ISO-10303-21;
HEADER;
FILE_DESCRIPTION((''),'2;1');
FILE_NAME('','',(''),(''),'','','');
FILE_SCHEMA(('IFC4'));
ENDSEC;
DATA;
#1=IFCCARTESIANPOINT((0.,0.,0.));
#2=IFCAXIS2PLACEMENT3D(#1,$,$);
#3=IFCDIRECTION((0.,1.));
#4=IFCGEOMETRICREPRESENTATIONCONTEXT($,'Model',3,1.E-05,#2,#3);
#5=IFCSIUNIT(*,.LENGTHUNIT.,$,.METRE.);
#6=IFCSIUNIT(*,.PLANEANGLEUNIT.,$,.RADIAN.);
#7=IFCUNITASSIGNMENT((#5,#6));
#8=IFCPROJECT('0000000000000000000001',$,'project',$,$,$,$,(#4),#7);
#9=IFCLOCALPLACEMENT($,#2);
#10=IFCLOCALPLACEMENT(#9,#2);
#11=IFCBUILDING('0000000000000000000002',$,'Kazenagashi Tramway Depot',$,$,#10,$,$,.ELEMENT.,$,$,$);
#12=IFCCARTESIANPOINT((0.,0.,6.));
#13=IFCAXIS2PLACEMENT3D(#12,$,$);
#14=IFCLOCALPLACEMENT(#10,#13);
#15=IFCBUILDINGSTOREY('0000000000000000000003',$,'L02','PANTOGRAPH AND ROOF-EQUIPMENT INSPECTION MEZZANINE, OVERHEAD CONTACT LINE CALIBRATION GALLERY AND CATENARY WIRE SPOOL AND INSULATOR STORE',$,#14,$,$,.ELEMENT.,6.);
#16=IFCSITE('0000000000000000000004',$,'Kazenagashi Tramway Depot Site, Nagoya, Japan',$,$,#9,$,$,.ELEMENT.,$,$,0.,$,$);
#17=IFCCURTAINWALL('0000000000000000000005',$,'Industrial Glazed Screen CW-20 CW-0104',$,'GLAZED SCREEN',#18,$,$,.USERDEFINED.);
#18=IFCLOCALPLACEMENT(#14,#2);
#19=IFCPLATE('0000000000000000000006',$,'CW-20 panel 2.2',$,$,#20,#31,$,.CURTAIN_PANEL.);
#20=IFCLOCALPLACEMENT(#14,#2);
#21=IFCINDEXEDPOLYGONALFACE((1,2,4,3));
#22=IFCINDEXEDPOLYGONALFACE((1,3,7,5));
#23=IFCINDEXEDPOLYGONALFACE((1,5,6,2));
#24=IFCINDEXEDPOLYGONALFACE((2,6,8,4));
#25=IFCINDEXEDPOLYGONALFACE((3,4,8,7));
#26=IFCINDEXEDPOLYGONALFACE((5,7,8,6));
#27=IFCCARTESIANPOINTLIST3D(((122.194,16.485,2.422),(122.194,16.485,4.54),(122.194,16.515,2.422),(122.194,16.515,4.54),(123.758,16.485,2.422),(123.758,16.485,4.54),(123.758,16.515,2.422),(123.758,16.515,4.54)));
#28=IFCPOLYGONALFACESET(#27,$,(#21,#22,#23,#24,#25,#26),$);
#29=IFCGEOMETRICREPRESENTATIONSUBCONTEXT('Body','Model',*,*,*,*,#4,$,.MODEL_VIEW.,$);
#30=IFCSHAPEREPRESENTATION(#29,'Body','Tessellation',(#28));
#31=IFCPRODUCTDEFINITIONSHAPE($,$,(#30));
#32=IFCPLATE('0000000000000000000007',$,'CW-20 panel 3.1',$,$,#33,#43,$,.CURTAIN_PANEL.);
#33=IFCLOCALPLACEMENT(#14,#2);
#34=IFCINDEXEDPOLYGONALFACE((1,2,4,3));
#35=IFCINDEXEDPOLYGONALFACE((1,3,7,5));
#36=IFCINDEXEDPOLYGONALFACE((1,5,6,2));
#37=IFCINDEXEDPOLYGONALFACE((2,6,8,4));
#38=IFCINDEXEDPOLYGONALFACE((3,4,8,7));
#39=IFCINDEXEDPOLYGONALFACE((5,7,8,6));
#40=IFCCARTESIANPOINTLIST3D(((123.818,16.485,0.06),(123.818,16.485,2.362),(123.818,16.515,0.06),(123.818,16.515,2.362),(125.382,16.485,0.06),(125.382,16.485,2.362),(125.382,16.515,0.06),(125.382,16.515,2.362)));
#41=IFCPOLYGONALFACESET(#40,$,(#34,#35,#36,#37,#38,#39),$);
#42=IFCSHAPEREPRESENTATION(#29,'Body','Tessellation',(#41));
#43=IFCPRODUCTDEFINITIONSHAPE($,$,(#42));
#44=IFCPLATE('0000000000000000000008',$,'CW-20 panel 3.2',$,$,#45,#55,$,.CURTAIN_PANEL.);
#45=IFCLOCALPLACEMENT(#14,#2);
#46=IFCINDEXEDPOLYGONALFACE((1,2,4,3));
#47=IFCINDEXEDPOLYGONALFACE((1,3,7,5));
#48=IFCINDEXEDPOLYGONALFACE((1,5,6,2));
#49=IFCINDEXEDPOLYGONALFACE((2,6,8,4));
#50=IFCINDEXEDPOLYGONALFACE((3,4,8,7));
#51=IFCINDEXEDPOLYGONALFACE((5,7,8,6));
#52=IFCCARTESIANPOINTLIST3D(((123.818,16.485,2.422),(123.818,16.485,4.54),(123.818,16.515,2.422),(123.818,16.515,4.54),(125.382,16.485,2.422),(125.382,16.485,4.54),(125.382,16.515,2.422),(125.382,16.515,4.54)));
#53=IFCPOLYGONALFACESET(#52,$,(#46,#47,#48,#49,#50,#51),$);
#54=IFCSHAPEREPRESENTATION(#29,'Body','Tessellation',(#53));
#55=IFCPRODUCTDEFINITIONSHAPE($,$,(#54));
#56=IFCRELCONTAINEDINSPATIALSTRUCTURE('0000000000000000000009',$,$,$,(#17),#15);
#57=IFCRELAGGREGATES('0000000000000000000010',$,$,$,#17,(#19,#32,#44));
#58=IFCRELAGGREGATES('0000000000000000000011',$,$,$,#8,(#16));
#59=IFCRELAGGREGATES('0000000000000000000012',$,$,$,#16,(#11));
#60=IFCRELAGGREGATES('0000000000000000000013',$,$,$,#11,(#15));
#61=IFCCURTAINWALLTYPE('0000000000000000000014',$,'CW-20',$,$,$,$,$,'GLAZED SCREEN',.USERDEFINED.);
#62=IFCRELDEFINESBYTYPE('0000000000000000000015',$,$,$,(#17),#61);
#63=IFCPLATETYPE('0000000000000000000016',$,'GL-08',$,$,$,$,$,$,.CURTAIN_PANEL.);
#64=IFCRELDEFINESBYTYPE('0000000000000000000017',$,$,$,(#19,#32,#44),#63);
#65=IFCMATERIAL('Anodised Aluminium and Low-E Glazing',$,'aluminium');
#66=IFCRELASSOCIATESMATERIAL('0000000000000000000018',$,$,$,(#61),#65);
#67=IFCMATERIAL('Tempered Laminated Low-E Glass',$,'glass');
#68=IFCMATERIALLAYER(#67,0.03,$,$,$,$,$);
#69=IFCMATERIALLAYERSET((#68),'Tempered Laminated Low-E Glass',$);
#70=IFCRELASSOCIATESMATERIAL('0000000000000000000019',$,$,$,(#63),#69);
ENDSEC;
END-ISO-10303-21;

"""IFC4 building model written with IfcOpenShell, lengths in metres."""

from ifc_helpers import new_model, si_unit, direction, frame, origin, origin_2d, place, context, subcontext, project, spatial, rectangle, extrude, material, layer, layer_set, type_object, element, aggregate, save


model = new_model("IFC4")

# Units and contexts
model_context = context("Model", 3, precision=1e-05, world=origin(), true_north=direction((0.0, 1.0)))
body_context = subcontext(model_context, "Body", "Model", "MODEL_VIEW")
ifc_project = project(units=[si_unit("LENGTHUNIT", "METRE"), si_unit("PLANEANGLEUNIT", "RADIAN")], contexts=[model_context])

# Site, building, storey
site_placement = place(None, origin())
site = spatial("IfcSite", under=ifc_project, at=site_placement, Name="Kazenagashi Tramway Depot Site, Nagoya, Japan", CompositionType="ELEMENT", RefElevation=0.0)
building_placement = place(site_placement, origin())
building = spatial("IfcBuilding", under=site, at=building_placement, Name="Kazenagashi Tramway Depot", CompositionType="ELEMENT")
storey_placement = place(building_placement, frame((0.0, 0.0, 6.0)))
storey = spatial("IfcBuildingStorey", under=building, at=storey_placement, Name="L02", Description="PANTOGRAPH AND ROOF-EQUIPMENT INSPECTION MEZZANINE, OVERHEAD CONTACT LINE CALIBRATION GALLERY AND CATENARY WIRE SPOOL AND INSULATOR STORE", CompositionType="ELEMENT", Elevation=6.0)

# Shared definitions
ifc_material_1 = material(Name="Anodised Aluminium and Low-E Glazing", Category="aluminium")
curtain_wall_type = type_object("IfcCurtainWallType", Name="CW-20", ElementType="GLAZED SCREEN", PredefinedType="USERDEFINED", material=ifc_material_1)

# Curtain wall
curtain_wall_1_placement = place(storey_placement, origin())
curtain_wall_1 = element("IfcCurtainWall", 1, at=curtain_wall_1_placement, inside=storey, type_object=curtain_wall_type, Name="Industrial Glazed Screen CW-20 CW-0104", ObjectType="GLAZED SCREEN", PredefinedType="USERDEFINED")

# Plates
ifc_material_2 = material(Name="Tempered Laminated Low-E Glass", Category="glass")
ifc_layer_1 = layer(ifc_material_2, 0.03)
ifc_layer_set_1 = layer_set([ifc_layer_1], Name="Tempered Laminated Low-E Glass")
plate_type_1 = type_object("IfcPlateType", Name="GL-08", PredefinedType="CURTAIN_PANEL", material=ifc_layer_set_1)
plate_1_placement = place(storey_placement, frame((122.976, 16.5, 2.422), z_axis=(0.0, 0.0, 1.0), x_axis=(1.0, 0.0, 0.0)))
plate_1 = element("IfcPlate", 2, at=plate_1_placement, type_object=plate_type_1, Name="CW-20 panel 2.2", PredefinedType="CURTAIN_PANEL", context=body_context, shape_type="SweptSolid", body=[
    extrude(rectangle(XDim=1.564, YDim=0.03, at=origin_2d()), origin(), (0.0, 0.0, 1.0), 2.118),
])
plate_2_placement = place(storey_placement, frame((124.6, 16.5, 0.06), z_axis=(0.0, 0.0, 1.0), x_axis=(1.0, 0.0, 0.0)))
plate_2 = element("IfcPlate", 3, at=plate_2_placement, type_object=plate_type_1, Name="CW-20 panel 3.1", PredefinedType="CURTAIN_PANEL", context=body_context, shape_type="SweptSolid", body=[
    extrude(rectangle(XDim=1.564, YDim=0.03, at=origin_2d()), origin(), (0.0, 0.0, 1.0), 2.302),
])
plate_3_placement = place(storey_placement, frame((124.6, 16.5, 2.422), z_axis=(0.0, 0.0, 1.0), x_axis=(1.0, 0.0, 0.0)))
plate_3 = element("IfcPlate", 4, at=plate_3_placement, type_object=plate_type_1, Name="CW-20 panel 3.2", PredefinedType="CURTAIN_PANEL", context=body_context, shape_type="SweptSolid", body=[
    extrude(rectangle(XDim=1.564, YDim=0.03, at=origin_2d()), origin(), (0.0, 0.0, 1.0), 2.118),
])
aggregate(curtain_wall_1, [plate_1, plate_2, plate_3])

save(model, "model.ifc")
